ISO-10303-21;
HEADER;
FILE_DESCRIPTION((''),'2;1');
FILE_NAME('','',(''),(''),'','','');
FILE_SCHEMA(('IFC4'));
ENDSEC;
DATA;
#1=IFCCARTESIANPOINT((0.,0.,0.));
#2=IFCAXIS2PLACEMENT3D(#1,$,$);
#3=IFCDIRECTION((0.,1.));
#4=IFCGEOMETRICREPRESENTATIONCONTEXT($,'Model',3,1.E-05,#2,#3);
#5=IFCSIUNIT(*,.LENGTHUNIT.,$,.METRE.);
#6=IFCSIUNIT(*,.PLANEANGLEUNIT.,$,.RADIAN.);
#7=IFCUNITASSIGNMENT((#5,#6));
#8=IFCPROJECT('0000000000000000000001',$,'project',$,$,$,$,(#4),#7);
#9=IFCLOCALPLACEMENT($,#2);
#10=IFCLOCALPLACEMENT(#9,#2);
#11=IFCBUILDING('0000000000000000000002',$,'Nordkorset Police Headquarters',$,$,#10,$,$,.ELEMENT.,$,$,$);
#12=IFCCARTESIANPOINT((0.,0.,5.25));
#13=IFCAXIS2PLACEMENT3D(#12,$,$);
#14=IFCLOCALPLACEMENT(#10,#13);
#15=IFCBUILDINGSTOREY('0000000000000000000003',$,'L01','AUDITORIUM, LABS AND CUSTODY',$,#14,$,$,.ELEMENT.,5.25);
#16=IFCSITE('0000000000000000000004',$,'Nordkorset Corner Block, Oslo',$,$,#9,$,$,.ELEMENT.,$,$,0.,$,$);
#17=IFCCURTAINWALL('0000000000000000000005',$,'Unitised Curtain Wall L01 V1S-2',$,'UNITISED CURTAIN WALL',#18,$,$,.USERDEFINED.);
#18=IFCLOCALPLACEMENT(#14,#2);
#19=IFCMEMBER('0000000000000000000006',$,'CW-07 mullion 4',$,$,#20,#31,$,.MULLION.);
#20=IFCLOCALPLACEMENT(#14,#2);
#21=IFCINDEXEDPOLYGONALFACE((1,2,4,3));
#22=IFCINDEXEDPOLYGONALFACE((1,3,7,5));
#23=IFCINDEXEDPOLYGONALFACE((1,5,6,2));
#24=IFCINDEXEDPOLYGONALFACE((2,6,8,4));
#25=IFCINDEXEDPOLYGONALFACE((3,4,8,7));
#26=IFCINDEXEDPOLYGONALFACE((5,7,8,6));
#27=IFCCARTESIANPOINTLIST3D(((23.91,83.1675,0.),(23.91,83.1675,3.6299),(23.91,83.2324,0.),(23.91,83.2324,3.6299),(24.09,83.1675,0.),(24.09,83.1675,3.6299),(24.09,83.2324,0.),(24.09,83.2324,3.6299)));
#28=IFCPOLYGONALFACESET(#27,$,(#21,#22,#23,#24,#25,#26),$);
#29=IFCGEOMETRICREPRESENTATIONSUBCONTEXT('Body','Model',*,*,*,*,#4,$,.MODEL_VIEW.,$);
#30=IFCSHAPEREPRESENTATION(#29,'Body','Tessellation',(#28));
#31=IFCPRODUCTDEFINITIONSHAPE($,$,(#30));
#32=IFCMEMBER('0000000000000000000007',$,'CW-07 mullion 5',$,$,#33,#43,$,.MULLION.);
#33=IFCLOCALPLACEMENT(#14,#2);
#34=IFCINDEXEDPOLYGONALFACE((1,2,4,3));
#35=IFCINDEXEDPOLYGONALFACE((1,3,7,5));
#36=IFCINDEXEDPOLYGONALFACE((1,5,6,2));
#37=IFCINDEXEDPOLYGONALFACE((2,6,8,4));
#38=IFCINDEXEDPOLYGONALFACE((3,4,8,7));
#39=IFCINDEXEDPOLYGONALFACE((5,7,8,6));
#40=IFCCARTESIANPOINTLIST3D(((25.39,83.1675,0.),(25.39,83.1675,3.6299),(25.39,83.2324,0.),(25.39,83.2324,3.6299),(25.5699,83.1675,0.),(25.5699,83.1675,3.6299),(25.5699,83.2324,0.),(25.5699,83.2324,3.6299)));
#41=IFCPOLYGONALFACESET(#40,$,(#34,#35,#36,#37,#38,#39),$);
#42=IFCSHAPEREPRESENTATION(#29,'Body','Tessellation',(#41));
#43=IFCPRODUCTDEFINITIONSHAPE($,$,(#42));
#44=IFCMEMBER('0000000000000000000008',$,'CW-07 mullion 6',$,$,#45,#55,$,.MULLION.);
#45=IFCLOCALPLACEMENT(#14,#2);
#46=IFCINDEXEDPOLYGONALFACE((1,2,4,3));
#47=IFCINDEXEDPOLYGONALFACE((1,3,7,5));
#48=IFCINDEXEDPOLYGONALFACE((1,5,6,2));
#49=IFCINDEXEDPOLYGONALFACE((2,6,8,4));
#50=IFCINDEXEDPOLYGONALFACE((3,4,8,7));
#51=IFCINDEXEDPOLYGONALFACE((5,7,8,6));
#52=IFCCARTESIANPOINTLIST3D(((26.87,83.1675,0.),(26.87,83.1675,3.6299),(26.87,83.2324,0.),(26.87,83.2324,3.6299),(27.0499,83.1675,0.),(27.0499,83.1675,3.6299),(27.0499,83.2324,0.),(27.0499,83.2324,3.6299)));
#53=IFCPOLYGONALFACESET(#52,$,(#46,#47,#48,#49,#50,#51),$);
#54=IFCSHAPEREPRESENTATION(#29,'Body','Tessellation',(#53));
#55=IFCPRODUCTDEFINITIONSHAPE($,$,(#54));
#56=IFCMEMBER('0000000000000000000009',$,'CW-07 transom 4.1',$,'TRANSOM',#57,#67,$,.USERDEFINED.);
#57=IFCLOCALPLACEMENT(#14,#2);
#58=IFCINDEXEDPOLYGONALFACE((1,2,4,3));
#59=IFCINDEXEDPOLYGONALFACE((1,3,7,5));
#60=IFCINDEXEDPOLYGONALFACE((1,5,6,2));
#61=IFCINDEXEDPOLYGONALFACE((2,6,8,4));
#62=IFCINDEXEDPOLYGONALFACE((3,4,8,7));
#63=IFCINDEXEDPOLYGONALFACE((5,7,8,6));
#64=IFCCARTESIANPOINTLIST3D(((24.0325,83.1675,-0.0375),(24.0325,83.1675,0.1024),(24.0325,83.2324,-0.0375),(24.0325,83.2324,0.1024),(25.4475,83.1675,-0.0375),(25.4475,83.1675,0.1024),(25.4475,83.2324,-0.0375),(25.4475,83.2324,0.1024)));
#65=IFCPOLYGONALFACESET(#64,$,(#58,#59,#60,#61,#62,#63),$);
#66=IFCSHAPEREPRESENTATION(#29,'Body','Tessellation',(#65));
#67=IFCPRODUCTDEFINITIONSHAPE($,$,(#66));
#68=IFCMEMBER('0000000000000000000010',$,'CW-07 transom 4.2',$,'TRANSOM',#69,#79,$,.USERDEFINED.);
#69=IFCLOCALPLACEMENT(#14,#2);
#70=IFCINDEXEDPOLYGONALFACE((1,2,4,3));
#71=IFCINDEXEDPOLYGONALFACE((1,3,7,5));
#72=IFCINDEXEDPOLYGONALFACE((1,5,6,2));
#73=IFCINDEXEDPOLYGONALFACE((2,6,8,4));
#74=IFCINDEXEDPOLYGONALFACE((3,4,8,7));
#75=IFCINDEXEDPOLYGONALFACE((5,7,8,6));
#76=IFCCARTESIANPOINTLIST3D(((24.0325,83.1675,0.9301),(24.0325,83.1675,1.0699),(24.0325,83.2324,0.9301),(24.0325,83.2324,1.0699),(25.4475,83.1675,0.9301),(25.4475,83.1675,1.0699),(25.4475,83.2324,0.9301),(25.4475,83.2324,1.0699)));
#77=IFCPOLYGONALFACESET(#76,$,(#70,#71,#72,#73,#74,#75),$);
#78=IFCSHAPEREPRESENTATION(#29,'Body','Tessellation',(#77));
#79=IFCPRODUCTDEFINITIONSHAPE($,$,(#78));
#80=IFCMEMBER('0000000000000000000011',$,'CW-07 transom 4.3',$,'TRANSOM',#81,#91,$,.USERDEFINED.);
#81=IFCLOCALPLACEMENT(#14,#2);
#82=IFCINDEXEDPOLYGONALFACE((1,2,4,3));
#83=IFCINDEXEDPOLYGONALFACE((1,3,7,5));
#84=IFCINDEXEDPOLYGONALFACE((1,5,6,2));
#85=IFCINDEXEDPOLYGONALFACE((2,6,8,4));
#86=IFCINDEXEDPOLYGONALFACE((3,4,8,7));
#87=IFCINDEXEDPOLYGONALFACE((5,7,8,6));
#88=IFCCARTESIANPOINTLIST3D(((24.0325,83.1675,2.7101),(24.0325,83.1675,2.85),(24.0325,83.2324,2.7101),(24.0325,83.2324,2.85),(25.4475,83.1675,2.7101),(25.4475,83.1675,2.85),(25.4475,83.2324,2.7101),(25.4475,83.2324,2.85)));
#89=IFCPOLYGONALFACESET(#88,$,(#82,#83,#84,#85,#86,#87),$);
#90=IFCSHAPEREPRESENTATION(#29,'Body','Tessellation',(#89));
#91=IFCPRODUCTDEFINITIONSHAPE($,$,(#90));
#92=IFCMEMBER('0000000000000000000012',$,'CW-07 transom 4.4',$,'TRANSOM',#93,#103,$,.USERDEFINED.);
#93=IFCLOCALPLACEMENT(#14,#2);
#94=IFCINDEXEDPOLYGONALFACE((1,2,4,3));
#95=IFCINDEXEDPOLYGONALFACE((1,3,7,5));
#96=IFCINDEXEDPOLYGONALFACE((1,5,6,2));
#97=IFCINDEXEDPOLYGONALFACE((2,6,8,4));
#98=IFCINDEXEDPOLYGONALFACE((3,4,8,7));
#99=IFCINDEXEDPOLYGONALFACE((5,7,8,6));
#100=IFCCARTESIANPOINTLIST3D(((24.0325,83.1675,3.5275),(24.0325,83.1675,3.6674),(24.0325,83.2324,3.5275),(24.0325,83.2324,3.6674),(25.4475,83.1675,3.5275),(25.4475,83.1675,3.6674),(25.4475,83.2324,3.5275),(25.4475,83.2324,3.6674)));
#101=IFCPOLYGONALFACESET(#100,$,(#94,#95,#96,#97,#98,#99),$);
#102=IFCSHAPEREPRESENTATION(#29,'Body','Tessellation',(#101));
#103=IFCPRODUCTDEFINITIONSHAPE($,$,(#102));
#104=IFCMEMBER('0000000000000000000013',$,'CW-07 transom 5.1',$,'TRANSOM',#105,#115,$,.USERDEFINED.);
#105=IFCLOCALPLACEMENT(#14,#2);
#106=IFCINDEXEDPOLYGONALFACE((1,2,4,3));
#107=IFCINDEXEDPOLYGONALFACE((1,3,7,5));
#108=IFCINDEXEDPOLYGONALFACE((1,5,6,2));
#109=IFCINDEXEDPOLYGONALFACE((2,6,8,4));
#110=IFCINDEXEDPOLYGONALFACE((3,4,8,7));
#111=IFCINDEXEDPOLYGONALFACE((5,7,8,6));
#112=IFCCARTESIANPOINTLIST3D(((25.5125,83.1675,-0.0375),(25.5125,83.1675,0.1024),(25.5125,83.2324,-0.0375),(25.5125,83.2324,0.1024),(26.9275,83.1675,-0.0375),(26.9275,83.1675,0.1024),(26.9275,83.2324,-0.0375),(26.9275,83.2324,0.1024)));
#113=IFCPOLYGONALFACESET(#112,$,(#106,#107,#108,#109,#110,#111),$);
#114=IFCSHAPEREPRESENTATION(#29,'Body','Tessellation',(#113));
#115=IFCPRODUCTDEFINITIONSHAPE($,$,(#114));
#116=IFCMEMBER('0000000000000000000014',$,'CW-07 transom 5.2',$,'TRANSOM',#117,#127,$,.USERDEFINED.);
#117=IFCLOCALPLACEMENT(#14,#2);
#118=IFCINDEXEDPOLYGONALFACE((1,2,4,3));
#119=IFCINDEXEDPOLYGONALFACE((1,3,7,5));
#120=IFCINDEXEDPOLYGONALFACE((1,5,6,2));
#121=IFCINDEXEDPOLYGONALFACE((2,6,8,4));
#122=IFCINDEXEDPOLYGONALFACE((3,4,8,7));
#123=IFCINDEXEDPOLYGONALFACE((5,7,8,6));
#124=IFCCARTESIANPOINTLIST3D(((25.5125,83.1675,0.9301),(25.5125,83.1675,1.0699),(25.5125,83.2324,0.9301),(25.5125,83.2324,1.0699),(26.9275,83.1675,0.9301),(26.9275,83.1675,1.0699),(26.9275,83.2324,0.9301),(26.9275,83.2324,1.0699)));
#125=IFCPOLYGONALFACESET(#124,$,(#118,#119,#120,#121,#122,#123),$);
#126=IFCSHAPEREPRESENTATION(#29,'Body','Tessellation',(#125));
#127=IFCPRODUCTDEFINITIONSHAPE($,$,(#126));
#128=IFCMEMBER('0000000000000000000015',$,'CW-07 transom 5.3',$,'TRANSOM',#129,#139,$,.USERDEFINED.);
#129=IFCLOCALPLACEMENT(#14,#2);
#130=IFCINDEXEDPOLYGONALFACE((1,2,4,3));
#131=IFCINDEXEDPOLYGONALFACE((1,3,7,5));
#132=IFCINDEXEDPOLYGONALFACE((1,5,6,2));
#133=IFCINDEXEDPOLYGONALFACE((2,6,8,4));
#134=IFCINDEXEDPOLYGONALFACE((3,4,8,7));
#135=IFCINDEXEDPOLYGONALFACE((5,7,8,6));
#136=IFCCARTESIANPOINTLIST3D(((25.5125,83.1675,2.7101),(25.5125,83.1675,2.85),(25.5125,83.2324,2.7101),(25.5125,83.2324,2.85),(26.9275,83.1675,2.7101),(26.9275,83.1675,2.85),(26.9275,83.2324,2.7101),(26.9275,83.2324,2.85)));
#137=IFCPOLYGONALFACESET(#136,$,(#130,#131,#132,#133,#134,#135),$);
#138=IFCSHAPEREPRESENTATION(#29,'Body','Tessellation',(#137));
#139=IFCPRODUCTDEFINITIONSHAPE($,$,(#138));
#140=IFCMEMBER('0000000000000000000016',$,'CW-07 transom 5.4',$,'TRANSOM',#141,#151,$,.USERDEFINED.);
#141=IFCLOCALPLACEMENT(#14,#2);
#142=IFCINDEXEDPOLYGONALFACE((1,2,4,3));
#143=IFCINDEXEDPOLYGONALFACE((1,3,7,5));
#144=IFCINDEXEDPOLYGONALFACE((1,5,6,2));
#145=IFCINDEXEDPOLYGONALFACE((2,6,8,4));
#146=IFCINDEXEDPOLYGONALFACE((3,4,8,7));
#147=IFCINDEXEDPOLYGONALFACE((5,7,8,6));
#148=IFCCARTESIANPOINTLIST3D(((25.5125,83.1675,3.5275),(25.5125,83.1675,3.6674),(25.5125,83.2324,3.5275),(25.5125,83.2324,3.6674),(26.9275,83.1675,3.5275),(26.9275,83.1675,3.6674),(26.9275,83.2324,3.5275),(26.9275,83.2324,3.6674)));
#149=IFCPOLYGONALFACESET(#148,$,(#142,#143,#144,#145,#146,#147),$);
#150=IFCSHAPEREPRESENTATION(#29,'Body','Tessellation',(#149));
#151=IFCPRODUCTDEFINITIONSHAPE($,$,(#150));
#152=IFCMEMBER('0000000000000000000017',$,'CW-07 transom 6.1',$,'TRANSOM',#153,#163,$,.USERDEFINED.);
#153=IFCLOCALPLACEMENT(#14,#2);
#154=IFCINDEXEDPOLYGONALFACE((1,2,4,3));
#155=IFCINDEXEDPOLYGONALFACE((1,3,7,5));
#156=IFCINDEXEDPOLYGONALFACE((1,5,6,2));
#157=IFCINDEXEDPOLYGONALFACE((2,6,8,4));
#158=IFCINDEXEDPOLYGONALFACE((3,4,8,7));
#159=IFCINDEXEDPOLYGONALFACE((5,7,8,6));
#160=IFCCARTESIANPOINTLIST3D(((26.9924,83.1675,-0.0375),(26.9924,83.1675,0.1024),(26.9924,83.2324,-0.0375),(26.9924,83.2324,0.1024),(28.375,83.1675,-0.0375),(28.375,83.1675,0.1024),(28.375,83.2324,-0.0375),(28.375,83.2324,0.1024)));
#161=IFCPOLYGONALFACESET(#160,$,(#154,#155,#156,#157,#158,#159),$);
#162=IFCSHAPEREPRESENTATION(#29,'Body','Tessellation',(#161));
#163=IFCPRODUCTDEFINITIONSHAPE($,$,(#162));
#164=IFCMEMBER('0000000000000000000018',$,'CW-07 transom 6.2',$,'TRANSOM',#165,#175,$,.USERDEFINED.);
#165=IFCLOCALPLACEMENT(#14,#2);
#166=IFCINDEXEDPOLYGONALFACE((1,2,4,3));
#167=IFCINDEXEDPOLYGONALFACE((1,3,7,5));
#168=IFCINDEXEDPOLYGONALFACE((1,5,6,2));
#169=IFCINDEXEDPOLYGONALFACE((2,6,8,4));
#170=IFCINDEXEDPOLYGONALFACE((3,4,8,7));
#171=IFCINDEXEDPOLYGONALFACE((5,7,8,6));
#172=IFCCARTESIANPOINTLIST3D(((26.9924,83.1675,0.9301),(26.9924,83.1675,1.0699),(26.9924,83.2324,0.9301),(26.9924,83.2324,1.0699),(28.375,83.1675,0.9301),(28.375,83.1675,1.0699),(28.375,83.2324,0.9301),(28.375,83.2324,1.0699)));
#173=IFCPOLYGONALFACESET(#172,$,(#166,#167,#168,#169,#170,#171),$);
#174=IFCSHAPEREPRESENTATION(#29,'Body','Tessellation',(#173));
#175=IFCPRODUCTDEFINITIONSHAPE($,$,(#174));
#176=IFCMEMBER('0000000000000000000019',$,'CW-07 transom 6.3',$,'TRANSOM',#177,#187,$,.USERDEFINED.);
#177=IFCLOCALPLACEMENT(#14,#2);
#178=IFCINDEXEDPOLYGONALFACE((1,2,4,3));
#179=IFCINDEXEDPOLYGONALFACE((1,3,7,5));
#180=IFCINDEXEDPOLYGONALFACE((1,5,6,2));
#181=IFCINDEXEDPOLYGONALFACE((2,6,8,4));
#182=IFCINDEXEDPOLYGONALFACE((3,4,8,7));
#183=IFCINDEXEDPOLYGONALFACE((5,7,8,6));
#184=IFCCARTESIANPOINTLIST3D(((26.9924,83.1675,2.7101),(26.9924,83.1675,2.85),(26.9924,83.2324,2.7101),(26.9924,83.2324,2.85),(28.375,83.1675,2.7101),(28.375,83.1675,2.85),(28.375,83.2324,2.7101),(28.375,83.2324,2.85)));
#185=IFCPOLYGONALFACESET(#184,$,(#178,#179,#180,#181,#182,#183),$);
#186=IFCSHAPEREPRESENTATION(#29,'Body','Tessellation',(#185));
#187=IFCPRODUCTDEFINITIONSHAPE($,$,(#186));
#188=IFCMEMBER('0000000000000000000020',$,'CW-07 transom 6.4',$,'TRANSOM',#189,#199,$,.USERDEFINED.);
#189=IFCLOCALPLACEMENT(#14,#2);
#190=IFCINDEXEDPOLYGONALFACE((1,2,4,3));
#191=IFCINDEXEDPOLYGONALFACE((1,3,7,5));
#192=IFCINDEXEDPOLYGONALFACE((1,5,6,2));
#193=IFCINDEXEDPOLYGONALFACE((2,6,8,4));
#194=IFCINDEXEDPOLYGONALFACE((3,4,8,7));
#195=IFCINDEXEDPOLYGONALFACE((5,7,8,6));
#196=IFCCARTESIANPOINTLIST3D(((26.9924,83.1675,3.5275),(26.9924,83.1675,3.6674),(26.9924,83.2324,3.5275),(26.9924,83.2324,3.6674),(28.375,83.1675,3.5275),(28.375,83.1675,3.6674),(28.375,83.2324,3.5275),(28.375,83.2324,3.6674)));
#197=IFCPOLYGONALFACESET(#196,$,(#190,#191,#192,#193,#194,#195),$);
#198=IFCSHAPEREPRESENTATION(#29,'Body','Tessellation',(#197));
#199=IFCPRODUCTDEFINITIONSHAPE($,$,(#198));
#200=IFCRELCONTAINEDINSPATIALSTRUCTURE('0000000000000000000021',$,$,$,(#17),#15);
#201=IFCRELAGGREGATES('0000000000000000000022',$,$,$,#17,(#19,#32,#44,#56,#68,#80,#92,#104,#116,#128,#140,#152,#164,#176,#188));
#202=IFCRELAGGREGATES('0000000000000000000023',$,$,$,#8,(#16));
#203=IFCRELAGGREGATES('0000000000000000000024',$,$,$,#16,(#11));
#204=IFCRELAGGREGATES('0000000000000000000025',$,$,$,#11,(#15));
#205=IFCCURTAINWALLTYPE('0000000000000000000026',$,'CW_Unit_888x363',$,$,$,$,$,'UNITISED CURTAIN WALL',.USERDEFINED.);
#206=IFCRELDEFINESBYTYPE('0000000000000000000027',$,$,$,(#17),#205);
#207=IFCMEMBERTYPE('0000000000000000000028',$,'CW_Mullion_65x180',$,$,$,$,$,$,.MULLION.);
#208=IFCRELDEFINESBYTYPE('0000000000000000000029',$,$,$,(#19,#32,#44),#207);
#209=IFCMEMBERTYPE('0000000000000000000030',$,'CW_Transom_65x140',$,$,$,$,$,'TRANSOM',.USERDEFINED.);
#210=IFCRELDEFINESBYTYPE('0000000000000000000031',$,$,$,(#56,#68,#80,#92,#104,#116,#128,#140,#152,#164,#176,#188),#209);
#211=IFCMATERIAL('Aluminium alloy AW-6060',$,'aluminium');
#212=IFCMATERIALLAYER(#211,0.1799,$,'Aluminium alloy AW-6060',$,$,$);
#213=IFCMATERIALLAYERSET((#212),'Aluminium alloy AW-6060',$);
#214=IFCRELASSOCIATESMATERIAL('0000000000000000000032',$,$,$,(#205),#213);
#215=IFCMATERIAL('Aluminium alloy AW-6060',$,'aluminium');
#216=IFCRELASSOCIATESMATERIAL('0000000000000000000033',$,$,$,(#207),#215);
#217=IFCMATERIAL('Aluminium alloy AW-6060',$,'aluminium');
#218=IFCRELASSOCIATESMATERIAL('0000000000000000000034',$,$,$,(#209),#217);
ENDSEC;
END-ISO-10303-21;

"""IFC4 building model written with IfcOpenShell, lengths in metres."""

from ifc_helpers import new_model, si_unit, direction, frame, origin, origin_2d, place, context, subcontext, project, spatial, rectangle, extrude, material, layer, layer_set, material_profile, profile_set, type_object, element, aggregate, save


model = new_model("IFC4")

# Units and contexts
model_context = context("Model", 3, precision=1e-05, world=origin(), true_north=direction((0.0, 1.0)))
body_context = subcontext(model_context, "Body", "Model", "MODEL_VIEW")
ifc_project = project(units=[si_unit("LENGTHUNIT", "METRE"), si_unit("PLANEANGLEUNIT", "RADIAN")], contexts=[model_context])

# Site, building, storey
site_placement = place(None, origin())
site = spatial("IfcSite", under=ifc_project, at=site_placement, Name="Nordkorset Corner Block, Oslo", CompositionType="ELEMENT", RefElevation=0.0)
building_placement = place(site_placement, origin())
building = spatial("IfcBuilding", under=site, at=building_placement, Name="Nordkorset Police Headquarters", CompositionType="ELEMENT")
storey_placement = place(building_placement, frame((0.0, 0.0, 5.25)))
storey = spatial("IfcBuildingStorey", under=building, at=storey_placement, Name="L01", Description="AUDITORIUM, LABS AND CUSTODY", CompositionType="ELEMENT", Elevation=5.25)

# Curtain wall, members
ifc_material_1 = material(Name="Aluminium alloy AW-6060", Category="aluminium")
ifc_layer_1 = layer(ifc_material_1, 0.1799, Name="Aluminium alloy AW-6060")
ifc_layer_set_1 = layer_set([ifc_layer_1], Name="Aluminium alloy AW-6060")
curtain_wall_type = type_object("IfcCurtainWallType", Name="CW_Unit_888x363", ElementType="UNITISED CURTAIN WALL", PredefinedType="USERDEFINED", material=ifc_layer_set_1)
curtain_wall_placement = place(storey_placement, origin())
curtain_wall = element("IfcCurtainWall", 1, at=curtain_wall_placement, inside=storey, type_object=curtain_wall_type, Name="Unitised Curtain Wall L01 V1S-2", ObjectType="UNITISED CURTAIN WALL", PredefinedType="USERDEFINED")
ifc_material_2 = material(Name="Aluminium alloy AW-6060", Category="aluminium")
ifc_material_profile_1 = material_profile(ifc_material_2, rectangle(XDim=0.0649, YDim=0.1799, at=origin_2d()), Name="ALU MULL 65x180")
ifc_profile_set_1 = profile_set([ifc_material_profile_1], Name="Aluminium alloy AW-6060")
member_type_1 = type_object("IfcMemberType", Name="CW_Mullion_65x180", PredefinedType="MULLION", material=ifc_profile_set_1)
member_1_placement = place(storey_placement, frame((24.0, 83.2, 0.0), z_axis=(0.0, 0.0, 1.0), x_axis=(0.0, 1.0, 0.0)))
member_1 = element("IfcMember", 2, at=member_1_placement, type_object=member_type_1, Name="CW-07 mullion 4", PredefinedType="MULLION", context=body_context, shape_type="SweptSolid", body=[
    extrude(rectangle(XDim=0.0649, YDim=0.1799, at=origin_2d()), origin(), (0.0, 0.0, 1.0), 3.6299),
])
member_2_placement = place(storey_placement, frame((25.48, 83.2, 0.0), z_axis=(0.0, 0.0, 1.0), x_axis=(0.0, 1.0, 0.0)))
member_2 = element("IfcMember", 3, at=member_2_placement, type_object=member_type_1, Name="CW-07 mullion 5", PredefinedType="MULLION", context=body_context, shape_type="SweptSolid", body=[
    extrude(rectangle(XDim=0.0649, YDim=0.1799, at=origin_2d()), origin(), (0.0, 0.0, 1.0), 3.6299),
])
member_3_placement = place(storey_placement, frame((26.96, 83.2, 0.0), z_axis=(0.0, 0.0, 1.0), x_axis=(0.0, 1.0, 0.0)))
member_3 = element("IfcMember", 4, at=member_3_placement, type_object=member_type_1, Name="CW-07 mullion 6", PredefinedType="MULLION", context=body_context, shape_type="SweptSolid", body=[
    extrude(rectangle(XDim=0.0649, YDim=0.1799, at=origin_2d()), origin(), (0.0, 0.0, 1.0), 3.6299),
])
ifc_material_3 = material(Name="Aluminium alloy AW-6060", Category="aluminium")
ifc_material_profile_2 = material_profile(ifc_material_3, rectangle(XDim=0.0649, YDim=0.1399, at=origin_2d()), Name="ALU TRAN 65x140")
ifc_profile_set_2 = profile_set([ifc_material_profile_2], Name="Aluminium alloy AW-6060")
member_type_2 = type_object("IfcMemberType", Name="CW_Transom_65x140", ElementType="TRANSOM", PredefinedType="USERDEFINED", material=ifc_profile_set_2)
member_4_placement = place(storey_placement, frame((24.0325, 83.2, 0.0325), z_axis=(1.0, 0.0, 0.0), x_axis=(0.0, 1.0, 0.0)))
member_4 = element("IfcMember", 5, at=member_4_placement, type_object=member_type_2, Name="CW-07 transom 4.1", ObjectType="TRANSOM", PredefinedType="USERDEFINED", context=body_context, shape_type="SweptSolid", body=[
    extrude(rectangle(XDim=0.0649, YDim=0.1399, at=origin_2d()), origin(), (0.0, 0.0, 1.0), 1.415),
])
member_5_placement = place(storey_placement, frame((24.0325, 83.2, 1.0), z_axis=(1.0, 0.0, 0.0), x_axis=(0.0, 1.0, 0.0)))
member_5 = element("IfcMember", 6, at=member_5_placement, type_object=member_type_2, Name="CW-07 transom 4.2", ObjectType="TRANSOM", PredefinedType="USERDEFINED", context=body_context, shape_type="SweptSolid", body=[
    extrude(rectangle(XDim=0.0649, YDim=0.1399, at=origin_2d()), origin(), (0.0, 0.0, 1.0), 1.415),
])
member_6_placement = place(storey_placement, frame((24.0325, 83.2, 2.78), z_axis=(1.0, 0.0, 0.0), x_axis=(0.0, 1.0, 0.0)))
member_6 = element("IfcMember", 7, at=member_6_placement, type_object=member_type_2, Name="CW-07 transom 4.3", ObjectType="TRANSOM", PredefinedType="USERDEFINED", context=body_context, shape_type="SweptSolid", body=[
    extrude(rectangle(XDim=0.0649, YDim=0.1399, at=origin_2d()), origin(), (0.0, 0.0, 1.0), 1.415),
])
member_7_placement = place(storey_placement, frame((24.0325, 83.2, 3.5974), z_axis=(1.0, 0.0, 0.0), x_axis=(0.0, 1.0, 0.0)))
member_7 = element("IfcMember", 8, at=member_7_placement, type_object=member_type_2, Name="CW-07 transom 4.4", ObjectType="TRANSOM", PredefinedType="USERDEFINED", context=body_context, shape_type="SweptSolid", body=[
    extrude(rectangle(XDim=0.0649, YDim=0.1399, at=origin_2d()), origin(), (0.0, 0.0, 1.0), 1.415),
])
member_8_placement = place(storey_placement, frame((25.5125, 83.2, 0.0325), z_axis=(1.0, 0.0, 0.0), x_axis=(0.0, 1.0, 0.0)))
member_8 = element("IfcMember", 9, at=member_8_placement, type_object=member_type_2, Name="CW-07 transom 5.1", ObjectType="TRANSOM", PredefinedType="USERDEFINED", context=body_context, shape_type="SweptSolid", body=[
    extrude(rectangle(XDim=0.0649, YDim=0.1399, at=origin_2d()), origin(), (0.0, 0.0, 1.0), 1.415),
])
member_9_placement = place(storey_placement, frame((25.5125, 83.2, 1.0), z_axis=(1.0, 0.0, 0.0), x_axis=(0.0, 1.0, 0.0)))
member_9 = element("IfcMember", 10, at=member_9_placement, type_object=member_type_2, Name="CW-07 transom 5.2", ObjectType="TRANSOM", PredefinedType="USERDEFINED", context=body_context, shape_type="SweptSolid", body=[
    extrude(rectangle(XDim=0.0649, YDim=0.1399, at=origin_2d()), origin(), (0.0, 0.0, 1.0), 1.415),
])
member_10_placement = place(storey_placement, frame((25.5125, 83.2, 2.78), z_axis=(1.0, 0.0, 0.0), x_axis=(0.0, 1.0, 0.0)))
member_10 = element("IfcMember", 11, at=member_10_placement, type_object=member_type_2, Name="CW-07 transom 5.3", ObjectType="TRANSOM", PredefinedType="USERDEFINED", context=body_context, shape_type="SweptSolid", body=[
    extrude(rectangle(XDim=0.0649, YDim=0.1399, at=origin_2d()), origin(), (0.0, 0.0, 1.0), 1.415),
])
member_11_placement = place(storey_placement, frame((25.5125, 83.2, 3.5974), z_axis=(1.0, 0.0, 0.0), x_axis=(0.0, 1.0, 0.0)))
member_11 = element("IfcMember", 12, at=member_11_placement, type_object=member_type_2, Name="CW-07 transom 5.4", ObjectType="TRANSOM", PredefinedType="USERDEFINED", context=body_context, shape_type="SweptSolid", body=[
    extrude(rectangle(XDim=0.0649, YDim=0.1399, at=origin_2d()), origin(), (0.0, 0.0, 1.0), 1.415),
])
member_12_placement = place(storey_placement, frame((26.9924, 83.2, 0.0325), z_axis=(1.0, 0.0, 0.0), x_axis=(0.0, 1.0, 0.0)))
member_12 = element("IfcMember", 13, at=member_12_placement, type_object=member_type_2, Name="CW-07 transom 6.1", ObjectType="TRANSOM", PredefinedType="USERDEFINED", context=body_context, shape_type="SweptSolid", body=[
    extrude(rectangle(XDim=0.0649, YDim=0.1399, at=origin_2d()), origin(), (0.0, 0.0, 1.0), 1.3826),
])
member_13_placement = place(storey_placement, frame((26.9924, 83.2, 1.0), z_axis=(1.0, 0.0, 0.0), x_axis=(0.0, 1.0, 0.0)))
member_13 = element("IfcMember", 14, at=member_13_placement, type_object=member_type_2, Name="CW-07 transom 6.2", ObjectType="TRANSOM", PredefinedType="USERDEFINED", context=body_context, shape_type="SweptSolid", body=[
    extrude(rectangle(XDim=0.0649, YDim=0.1399, at=origin_2d()), origin(), (0.0, 0.0, 1.0), 1.3826),
])
member_14_placement = place(storey_placement, frame((26.9924, 83.2, 2.78), z_axis=(1.0, 0.0, 0.0), x_axis=(0.0, 1.0, 0.0)))
member_14 = element("IfcMember", 15, at=member_14_placement, type_object=member_type_2, Name="CW-07 transom 6.3", ObjectType="TRANSOM", PredefinedType="USERDEFINED", context=body_context, shape_type="SweptSolid", body=[
    extrude(rectangle(XDim=0.0649, YDim=0.1399, at=origin_2d()), origin(), (0.0, 0.0, 1.0), 1.3826),
])
member_15_placement = place(storey_placement, frame((26.9924, 83.2, 3.5974), z_axis=(1.0, 0.0, 0.0), x_axis=(0.0, 1.0, 0.0)))
member_15 = element("IfcMember", 16, at=member_15_placement, type_object=member_type_2, Name="CW-07 transom 6.4", ObjectType="TRANSOM", PredefinedType="USERDEFINED", context=body_context, shape_type="SweptSolid", body=[
    extrude(rectangle(XDim=0.0649, YDim=0.1399, at=origin_2d()), origin(), (0.0, 0.0, 1.0), 1.3826),
])
aggregate(curtain_wall, [member_1, member_2, member_3, member_4, member_5, member_6, member_7, member_8, member_9, member_10, member_11, member_12, member_13, member_14, member_15])

save(model, "model.ifc")
